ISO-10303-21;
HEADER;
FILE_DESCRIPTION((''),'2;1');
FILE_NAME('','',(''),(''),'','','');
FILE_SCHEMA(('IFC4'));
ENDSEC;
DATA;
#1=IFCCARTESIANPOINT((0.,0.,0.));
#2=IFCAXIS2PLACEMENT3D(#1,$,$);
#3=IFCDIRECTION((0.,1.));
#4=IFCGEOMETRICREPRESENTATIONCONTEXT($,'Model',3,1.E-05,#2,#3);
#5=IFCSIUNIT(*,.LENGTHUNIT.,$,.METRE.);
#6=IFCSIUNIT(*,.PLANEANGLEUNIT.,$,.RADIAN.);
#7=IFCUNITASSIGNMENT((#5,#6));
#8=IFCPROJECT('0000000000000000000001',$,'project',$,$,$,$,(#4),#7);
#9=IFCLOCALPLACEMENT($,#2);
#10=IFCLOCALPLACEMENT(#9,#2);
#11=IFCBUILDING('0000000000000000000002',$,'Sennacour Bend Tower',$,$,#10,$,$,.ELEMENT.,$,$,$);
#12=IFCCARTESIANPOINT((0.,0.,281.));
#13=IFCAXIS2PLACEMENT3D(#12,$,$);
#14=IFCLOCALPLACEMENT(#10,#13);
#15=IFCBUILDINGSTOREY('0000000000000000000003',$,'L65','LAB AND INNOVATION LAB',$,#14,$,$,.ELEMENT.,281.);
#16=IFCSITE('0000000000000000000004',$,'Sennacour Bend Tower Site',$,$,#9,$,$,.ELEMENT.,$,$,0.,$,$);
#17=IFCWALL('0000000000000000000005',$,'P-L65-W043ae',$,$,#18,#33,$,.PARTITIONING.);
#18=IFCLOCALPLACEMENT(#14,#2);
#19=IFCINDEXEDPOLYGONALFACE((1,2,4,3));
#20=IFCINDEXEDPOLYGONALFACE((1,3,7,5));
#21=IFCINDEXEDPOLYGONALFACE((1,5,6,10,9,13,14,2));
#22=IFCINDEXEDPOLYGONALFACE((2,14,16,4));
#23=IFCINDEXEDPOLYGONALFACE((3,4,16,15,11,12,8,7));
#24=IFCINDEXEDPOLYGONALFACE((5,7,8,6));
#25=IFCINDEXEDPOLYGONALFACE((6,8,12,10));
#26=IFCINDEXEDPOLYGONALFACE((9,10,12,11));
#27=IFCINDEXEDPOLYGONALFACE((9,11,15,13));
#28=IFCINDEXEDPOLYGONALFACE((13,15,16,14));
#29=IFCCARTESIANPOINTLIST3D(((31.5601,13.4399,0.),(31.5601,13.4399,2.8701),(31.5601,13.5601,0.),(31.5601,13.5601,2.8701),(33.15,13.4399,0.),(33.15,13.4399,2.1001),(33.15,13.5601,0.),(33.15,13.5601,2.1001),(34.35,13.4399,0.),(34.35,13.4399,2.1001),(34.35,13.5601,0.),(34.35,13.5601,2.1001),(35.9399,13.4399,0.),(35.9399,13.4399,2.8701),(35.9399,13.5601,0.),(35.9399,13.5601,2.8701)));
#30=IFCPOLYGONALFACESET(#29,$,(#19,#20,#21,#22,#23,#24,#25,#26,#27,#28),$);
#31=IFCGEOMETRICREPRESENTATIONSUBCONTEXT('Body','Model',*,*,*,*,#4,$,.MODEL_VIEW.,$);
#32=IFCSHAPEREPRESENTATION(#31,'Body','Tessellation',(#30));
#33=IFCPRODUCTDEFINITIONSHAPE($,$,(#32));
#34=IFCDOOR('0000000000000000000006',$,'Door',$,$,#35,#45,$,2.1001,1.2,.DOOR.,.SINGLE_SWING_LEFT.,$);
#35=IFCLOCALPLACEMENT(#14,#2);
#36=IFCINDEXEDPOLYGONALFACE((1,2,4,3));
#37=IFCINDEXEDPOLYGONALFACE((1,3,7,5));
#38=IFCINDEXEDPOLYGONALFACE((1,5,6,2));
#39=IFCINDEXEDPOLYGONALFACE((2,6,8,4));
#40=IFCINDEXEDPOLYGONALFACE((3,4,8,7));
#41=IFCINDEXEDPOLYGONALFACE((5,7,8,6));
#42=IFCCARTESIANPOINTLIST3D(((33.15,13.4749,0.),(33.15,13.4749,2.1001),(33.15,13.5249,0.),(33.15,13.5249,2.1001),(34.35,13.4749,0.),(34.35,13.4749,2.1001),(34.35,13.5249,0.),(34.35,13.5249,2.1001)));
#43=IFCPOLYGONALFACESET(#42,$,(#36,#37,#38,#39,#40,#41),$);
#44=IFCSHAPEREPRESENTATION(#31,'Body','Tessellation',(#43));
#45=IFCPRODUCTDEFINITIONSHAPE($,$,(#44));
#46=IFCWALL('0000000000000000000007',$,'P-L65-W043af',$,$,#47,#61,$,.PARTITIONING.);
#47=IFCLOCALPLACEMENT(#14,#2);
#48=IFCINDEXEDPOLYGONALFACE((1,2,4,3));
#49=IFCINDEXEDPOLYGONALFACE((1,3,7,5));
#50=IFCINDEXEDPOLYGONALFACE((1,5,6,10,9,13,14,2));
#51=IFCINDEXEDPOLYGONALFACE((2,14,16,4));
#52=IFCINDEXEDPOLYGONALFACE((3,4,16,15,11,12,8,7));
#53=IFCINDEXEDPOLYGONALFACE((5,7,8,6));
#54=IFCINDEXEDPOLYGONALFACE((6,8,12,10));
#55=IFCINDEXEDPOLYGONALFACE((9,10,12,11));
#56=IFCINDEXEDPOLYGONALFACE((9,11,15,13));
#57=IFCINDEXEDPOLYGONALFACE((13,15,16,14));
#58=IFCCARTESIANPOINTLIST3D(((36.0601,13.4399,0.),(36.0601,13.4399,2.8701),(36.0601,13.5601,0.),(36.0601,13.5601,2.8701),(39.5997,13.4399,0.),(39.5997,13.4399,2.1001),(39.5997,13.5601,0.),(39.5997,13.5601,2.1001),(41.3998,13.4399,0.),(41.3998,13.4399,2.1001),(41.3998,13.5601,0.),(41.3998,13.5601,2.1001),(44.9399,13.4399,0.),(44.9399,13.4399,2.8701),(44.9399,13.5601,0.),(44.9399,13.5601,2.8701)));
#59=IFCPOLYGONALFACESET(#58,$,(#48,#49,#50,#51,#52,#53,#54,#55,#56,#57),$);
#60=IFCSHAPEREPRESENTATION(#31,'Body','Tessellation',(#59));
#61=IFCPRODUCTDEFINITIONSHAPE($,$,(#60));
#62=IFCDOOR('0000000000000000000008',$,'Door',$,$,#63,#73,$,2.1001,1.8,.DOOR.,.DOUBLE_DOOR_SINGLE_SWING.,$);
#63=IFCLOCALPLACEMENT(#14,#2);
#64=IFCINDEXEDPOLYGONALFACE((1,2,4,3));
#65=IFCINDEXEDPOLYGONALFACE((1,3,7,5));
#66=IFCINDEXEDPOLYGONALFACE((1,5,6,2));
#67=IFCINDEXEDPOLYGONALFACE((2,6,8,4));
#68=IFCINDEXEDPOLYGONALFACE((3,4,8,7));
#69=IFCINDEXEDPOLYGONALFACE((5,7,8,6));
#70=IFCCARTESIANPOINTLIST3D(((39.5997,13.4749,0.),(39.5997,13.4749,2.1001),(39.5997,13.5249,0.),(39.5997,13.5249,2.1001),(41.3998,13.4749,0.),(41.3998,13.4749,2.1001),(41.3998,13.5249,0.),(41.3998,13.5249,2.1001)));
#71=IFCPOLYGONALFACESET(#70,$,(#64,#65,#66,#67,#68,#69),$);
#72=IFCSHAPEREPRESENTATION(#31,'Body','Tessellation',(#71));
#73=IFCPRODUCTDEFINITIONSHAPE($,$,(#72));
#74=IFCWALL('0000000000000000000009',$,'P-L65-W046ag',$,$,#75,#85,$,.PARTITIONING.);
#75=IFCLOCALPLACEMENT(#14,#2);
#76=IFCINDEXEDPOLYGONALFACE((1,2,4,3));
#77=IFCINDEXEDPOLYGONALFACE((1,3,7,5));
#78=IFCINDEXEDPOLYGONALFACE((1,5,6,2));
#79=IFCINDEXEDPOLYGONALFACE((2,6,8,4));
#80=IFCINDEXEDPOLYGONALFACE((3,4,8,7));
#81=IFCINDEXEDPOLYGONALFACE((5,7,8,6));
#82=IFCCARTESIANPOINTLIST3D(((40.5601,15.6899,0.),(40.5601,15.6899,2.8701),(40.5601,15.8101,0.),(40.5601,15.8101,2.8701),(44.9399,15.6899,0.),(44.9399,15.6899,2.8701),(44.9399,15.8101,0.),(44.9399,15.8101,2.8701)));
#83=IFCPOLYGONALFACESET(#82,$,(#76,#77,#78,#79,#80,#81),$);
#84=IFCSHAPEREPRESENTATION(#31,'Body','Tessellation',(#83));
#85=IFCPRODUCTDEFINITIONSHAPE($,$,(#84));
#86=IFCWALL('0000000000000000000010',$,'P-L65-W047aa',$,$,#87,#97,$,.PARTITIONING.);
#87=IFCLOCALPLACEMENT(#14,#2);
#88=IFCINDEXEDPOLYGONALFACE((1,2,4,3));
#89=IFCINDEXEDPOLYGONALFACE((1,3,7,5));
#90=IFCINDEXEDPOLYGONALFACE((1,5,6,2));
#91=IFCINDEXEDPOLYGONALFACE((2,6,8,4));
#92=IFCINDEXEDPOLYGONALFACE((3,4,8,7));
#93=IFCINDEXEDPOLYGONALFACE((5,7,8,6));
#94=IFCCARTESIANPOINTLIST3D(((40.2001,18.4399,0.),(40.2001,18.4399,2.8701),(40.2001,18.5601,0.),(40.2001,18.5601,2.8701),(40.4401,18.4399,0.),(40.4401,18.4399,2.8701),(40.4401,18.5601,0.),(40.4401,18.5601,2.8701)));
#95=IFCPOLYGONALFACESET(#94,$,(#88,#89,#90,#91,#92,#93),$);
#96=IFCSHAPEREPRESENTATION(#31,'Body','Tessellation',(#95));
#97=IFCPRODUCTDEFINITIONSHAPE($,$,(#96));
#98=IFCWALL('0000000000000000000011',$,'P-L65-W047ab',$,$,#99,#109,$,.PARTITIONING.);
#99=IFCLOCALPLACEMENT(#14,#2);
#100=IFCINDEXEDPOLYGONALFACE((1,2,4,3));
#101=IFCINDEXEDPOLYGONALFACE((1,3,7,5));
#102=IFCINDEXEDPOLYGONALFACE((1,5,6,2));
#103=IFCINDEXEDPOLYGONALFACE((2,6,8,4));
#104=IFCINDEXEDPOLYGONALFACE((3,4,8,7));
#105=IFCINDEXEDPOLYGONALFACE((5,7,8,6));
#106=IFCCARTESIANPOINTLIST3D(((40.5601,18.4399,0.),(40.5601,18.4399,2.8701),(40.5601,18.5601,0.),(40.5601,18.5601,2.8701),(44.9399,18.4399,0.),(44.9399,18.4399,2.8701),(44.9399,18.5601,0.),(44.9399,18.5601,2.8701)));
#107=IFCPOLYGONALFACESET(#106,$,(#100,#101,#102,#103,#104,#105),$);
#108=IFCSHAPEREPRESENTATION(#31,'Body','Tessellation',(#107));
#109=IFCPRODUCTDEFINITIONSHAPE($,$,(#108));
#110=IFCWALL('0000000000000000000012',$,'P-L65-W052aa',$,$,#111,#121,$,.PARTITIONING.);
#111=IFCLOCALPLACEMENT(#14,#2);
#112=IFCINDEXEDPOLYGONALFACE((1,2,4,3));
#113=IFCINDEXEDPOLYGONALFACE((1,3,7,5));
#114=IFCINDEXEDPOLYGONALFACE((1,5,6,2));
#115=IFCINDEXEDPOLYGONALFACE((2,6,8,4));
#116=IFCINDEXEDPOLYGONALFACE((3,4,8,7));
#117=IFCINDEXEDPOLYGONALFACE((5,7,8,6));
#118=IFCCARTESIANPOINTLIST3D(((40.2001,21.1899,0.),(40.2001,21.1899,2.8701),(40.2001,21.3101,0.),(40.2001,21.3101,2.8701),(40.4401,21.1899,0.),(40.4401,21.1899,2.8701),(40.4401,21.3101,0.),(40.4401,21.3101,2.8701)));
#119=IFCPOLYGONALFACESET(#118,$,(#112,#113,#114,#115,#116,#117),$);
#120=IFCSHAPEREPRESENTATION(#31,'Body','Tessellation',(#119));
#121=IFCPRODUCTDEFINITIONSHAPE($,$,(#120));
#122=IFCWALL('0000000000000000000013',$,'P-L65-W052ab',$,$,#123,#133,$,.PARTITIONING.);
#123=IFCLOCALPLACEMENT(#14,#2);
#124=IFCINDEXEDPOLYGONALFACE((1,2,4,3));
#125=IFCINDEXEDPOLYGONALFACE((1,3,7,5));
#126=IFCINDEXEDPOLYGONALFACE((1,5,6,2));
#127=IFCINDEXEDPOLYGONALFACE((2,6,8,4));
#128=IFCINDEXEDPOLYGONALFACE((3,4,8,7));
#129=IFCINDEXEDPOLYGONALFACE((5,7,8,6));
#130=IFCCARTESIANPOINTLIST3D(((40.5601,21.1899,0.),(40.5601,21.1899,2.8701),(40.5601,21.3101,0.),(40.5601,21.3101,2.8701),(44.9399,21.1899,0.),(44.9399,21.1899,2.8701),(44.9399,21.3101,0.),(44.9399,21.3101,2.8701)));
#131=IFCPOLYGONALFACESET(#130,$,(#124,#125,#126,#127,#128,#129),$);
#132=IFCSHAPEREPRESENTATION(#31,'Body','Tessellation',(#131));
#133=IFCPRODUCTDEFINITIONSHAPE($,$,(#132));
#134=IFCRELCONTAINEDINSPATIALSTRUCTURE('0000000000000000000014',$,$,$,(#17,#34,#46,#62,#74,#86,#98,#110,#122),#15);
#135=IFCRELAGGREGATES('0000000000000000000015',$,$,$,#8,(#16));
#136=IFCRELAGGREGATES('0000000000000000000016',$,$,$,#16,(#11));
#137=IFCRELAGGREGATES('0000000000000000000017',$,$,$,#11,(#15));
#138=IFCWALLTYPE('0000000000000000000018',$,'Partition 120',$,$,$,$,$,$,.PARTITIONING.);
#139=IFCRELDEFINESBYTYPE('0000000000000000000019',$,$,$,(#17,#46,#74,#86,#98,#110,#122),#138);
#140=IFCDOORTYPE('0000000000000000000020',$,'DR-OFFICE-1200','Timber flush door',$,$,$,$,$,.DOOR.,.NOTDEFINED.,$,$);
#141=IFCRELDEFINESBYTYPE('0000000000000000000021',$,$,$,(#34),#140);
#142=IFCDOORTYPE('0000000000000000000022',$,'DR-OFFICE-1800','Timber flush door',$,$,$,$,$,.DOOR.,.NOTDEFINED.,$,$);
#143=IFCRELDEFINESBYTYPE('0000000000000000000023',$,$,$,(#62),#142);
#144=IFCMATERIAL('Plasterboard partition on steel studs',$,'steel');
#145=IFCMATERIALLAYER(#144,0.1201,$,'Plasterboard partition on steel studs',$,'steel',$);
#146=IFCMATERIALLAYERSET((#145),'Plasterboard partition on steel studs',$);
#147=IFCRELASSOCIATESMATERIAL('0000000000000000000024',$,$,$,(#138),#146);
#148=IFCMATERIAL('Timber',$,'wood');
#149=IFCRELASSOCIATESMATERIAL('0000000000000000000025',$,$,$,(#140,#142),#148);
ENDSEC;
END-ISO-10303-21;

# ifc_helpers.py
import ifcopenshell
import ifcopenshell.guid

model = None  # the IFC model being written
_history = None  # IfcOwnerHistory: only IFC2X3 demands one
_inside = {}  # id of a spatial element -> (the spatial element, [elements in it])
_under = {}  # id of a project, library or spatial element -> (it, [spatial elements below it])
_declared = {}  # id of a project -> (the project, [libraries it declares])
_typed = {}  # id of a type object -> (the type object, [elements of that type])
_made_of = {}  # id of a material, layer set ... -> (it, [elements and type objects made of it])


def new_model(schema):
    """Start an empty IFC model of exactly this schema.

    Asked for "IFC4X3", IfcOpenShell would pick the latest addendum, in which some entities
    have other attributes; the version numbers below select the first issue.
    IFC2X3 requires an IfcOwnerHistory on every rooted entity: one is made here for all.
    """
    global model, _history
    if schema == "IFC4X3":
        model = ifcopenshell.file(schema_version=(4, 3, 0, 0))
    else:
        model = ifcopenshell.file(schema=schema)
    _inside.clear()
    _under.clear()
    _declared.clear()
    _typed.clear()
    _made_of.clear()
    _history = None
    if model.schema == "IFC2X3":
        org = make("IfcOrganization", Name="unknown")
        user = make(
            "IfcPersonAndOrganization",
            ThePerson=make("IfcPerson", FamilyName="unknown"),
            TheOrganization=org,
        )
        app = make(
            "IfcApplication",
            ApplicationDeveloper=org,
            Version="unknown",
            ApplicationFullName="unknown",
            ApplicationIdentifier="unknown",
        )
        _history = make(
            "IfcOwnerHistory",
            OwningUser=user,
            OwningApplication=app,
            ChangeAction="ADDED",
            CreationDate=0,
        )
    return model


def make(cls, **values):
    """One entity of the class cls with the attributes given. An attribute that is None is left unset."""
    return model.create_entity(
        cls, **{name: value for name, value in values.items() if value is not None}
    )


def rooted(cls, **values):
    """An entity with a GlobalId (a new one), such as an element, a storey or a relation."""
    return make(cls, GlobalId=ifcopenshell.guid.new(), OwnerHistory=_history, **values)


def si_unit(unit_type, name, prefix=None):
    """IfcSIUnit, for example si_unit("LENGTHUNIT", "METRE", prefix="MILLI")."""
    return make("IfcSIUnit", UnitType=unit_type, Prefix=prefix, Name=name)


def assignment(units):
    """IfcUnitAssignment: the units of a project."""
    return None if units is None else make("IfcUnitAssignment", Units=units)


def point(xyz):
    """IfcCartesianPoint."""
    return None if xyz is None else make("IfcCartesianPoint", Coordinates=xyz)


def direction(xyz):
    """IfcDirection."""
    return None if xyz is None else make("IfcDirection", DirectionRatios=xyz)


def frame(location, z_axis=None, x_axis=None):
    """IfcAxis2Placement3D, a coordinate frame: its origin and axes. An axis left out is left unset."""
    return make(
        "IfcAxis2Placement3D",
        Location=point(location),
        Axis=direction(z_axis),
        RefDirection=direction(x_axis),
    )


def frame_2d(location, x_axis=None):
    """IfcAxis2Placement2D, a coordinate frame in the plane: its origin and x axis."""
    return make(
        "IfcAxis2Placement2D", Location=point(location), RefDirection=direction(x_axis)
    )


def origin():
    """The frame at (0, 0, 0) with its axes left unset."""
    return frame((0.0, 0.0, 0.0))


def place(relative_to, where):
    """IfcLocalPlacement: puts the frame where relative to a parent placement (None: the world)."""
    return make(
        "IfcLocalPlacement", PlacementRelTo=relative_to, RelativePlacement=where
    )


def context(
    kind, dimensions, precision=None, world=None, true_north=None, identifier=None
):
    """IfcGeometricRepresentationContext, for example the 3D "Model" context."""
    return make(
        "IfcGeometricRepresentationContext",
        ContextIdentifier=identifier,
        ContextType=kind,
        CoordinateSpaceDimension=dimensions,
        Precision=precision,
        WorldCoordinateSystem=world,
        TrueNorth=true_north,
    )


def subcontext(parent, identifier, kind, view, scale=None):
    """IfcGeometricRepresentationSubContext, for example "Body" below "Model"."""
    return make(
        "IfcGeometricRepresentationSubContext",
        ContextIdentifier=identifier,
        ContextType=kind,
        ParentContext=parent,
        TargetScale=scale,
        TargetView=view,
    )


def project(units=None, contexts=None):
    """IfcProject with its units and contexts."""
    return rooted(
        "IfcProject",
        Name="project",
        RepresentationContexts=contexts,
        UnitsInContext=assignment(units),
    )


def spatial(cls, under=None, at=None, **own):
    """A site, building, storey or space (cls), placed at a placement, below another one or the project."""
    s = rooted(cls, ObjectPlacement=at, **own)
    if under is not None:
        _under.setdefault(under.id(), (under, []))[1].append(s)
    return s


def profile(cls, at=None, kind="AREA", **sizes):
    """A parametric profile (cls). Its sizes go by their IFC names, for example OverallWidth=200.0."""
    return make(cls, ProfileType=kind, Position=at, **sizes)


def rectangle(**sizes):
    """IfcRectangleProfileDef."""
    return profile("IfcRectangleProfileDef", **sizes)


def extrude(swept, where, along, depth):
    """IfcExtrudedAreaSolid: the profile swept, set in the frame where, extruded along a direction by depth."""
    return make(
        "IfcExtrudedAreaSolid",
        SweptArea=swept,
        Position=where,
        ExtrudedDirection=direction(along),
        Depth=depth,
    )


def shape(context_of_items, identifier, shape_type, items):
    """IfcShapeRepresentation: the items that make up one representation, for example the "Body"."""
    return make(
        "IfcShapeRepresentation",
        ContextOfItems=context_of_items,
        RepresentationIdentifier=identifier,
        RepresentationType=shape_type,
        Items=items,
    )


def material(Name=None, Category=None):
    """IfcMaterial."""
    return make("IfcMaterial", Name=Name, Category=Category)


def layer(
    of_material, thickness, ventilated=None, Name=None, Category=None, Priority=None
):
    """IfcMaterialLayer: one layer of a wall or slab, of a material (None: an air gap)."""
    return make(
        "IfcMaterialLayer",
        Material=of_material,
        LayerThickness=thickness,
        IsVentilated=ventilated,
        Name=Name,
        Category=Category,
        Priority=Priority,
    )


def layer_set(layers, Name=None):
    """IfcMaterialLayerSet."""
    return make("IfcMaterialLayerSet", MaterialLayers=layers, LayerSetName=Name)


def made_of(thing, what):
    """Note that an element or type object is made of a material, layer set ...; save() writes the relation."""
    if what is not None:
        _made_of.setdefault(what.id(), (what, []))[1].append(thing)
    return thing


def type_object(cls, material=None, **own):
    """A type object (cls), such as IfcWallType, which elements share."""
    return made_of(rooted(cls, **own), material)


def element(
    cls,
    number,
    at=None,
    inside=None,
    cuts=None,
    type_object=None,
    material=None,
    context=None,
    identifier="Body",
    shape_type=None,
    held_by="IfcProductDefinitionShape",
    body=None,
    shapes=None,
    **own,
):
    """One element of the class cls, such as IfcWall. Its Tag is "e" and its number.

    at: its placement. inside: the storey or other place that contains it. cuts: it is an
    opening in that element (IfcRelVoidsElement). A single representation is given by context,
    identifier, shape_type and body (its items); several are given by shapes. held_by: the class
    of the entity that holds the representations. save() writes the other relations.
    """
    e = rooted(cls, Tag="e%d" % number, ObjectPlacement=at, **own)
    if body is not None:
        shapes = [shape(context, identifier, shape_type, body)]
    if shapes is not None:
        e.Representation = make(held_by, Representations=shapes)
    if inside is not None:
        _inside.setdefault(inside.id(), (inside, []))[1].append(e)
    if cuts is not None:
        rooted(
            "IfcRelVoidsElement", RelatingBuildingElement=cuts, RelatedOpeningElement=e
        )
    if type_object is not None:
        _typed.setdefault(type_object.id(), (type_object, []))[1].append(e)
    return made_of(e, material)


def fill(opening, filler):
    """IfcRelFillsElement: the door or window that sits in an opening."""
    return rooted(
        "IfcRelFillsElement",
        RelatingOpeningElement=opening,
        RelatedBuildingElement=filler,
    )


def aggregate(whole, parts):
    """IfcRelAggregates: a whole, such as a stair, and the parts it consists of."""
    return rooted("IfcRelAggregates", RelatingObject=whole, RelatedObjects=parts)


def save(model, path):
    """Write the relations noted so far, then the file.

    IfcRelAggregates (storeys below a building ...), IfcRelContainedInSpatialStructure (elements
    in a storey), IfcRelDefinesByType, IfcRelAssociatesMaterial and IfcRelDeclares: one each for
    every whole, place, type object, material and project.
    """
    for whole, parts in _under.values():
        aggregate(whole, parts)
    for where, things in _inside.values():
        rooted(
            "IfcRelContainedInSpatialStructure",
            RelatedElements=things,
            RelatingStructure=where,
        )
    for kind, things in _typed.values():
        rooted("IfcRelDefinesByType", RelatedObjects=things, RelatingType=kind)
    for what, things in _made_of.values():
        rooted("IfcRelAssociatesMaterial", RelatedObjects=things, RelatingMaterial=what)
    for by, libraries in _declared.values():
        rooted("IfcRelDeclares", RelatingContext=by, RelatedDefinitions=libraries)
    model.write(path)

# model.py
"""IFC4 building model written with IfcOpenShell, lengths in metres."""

from ifc_helpers import new_model, si_unit, direction, frame, frame_2d, origin, place, context, subcontext, project, spatial, rectangle, extrude, material, layer, layer_set, type_object, element, fill, save


model = new_model("IFC4")

# Units and contexts
model_context = context("Model", 3, precision=1e-05, world=origin(), true_north=direction((0.0, 1.0)))
body_context = subcontext(model_context, "Body", "Model", "MODEL_VIEW")
ifc_project = project(units=[si_unit("LENGTHUNIT", "METRE"), si_unit("PLANEANGLEUNIT", "RADIAN")], contexts=[model_context])

# Site, building, storey
site_placement = place(None, origin())
site = spatial("IfcSite", under=ifc_project, at=site_placement, Name="Sennacour Bend Tower Site", CompositionType="ELEMENT", RefElevation=0.0)
building_placement = place(site_placement, origin())
building = spatial("IfcBuilding", under=site, at=building_placement, Name="Sennacour Bend Tower", CompositionType="ELEMENT")
storey_placement = place(building_placement, frame((0.0, 0.0, 281.0)))
storey = spatial("IfcBuildingStorey", under=building, at=storey_placement, Name="L65", Description="LAB AND INNOVATION LAB", CompositionType="ELEMENT", Elevation=281.0)

# Shared definitions
ifc_material_1 = material(Name="Plasterboard partition on steel studs", Category="steel")
ifc_layer_1 = layer(ifc_material_1, 0.1201, Name="Plasterboard partition on steel studs", Category="steel")
ifc_layer_set_1 = layer_set([ifc_layer_1], Name="Plasterboard partition on steel studs")
wall_type_1 = type_object("IfcWallType", Name="Partition 120", PredefinedType="PARTITIONING", material=ifc_layer_set_1)

# Walls, openings, doors
wall_1_placement = place(storey_placement, frame((31.5601, 13.5, 0.0), z_axis=(0.0, 0.0, 1.0), x_axis=(1.0, 0.0, 0.0)))
wall_1 = element("IfcWall", 1, at=wall_1_placement, inside=storey, type_object=wall_type_1, Name="P-L65-W043ae", PredefinedType="PARTITIONING", context=body_context, shape_type="SweptSolid", body=[
    extrude(rectangle(XDim=4.3799, YDim=0.1201, at=frame_2d((2.1899, 0.0))), origin(), (0.0, 0.0, 1.0), 2.8701),
])
opening_1_placement = place(wall_1_placement, frame((1.5898, 0.0, 0.0)))
opening_1 = element("IfcOpeningElement", 2, at=opening_1_placement, cuts=wall_1, PredefinedType="OPENING", context=body_context, shape_type="SweptSolid", body=[
    extrude(rectangle(XDim=1.2, YDim=2.1001, at=frame_2d((0.6001, 1.05))), frame((0.0, 0.0701, 0.0), z_axis=(0.0, -1.0, 0.0), x_axis=(1.0, 0.0, 0.0)), (0.0, 0.0, 1.0), 0.1401),
])
ifc_material_2 = material(Name="Timber", Category="wood")
door_type_1 = type_object("IfcDoorType", Name="DR-OFFICE-1200", Description="Timber flush door", OperationType="NOTDEFINED", PredefinedType="DOOR", material=ifc_material_2)
door_1_placement = place(opening_1_placement, origin())
door_1 = element("IfcDoor", 3, at=door_1_placement, inside=storey, type_object=door_type_1, Name="Door", OperationType="SINGLE_SWING_LEFT", OverallHeight=2.1001, OverallWidth=1.2, PredefinedType="DOOR", context=body_context, shape_type="SweptSolid", body=[
    extrude(rectangle(XDim=1.2, YDim=2.1001, at=frame_2d((0.6001, 1.05))), frame((0.0, 0.0249, 0.0), z_axis=(0.0, -1.0, 0.0), x_axis=(1.0, 0.0, 0.0)), (0.0, 0.0, 1.0), 0.05),
])
fill(opening_1, door_1)
wall_2_placement = place(storey_placement, frame((36.0601, 13.5, 0.0), z_axis=(0.0, 0.0, 1.0), x_axis=(1.0, 0.0, 0.0)))
wall_2 = element("IfcWall", 4, at=wall_2_placement, inside=storey, type_object=wall_type_1, Name="P-L65-W043af", PredefinedType="PARTITIONING", context=body_context, shape_type="SweptSolid", body=[
    extrude(rectangle(XDim=8.8799, YDim=0.1201, at=frame_2d((4.4399, 0.0))), origin(), (0.0, 0.0, 1.0), 2.8701),
])
opening_2_placement = place(wall_2_placement, frame((3.5398, 0.0, 0.0)))
opening_2 = element("IfcOpeningElement", 5, at=opening_2_placement, cuts=wall_2, PredefinedType="OPENING", context=body_context, shape_type="SweptSolid", body=[
    extrude(rectangle(XDim=1.8, YDim=2.1001, at=frame_2d((0.8999, 1.05))), frame((0.0, 0.0701, 0.0), z_axis=(0.0, -1.0, 0.0), x_axis=(1.0, 0.0, 0.0)), (0.0, 0.0, 1.0), 0.1401),
])
door_type_2 = type_object("IfcDoorType", Name="DR-OFFICE-1800", Description="Timber flush door", OperationType="NOTDEFINED", PredefinedType="DOOR", material=ifc_material_2)
door_2_placement = place(opening_2_placement, origin())
door_2 = element("IfcDoor", 6, at=door_2_placement, inside=storey, type_object=door_type_2, Name="Door", OperationType="DOUBLE_DOOR_SINGLE_SWING", OverallHeight=2.1001, OverallWidth=1.8, PredefinedType="DOOR", context=body_context, shape_type="SweptSolid", body=[
    extrude(rectangle(XDim=1.8, YDim=2.1001, at=frame_2d((0.8999, 1.05))), frame((0.0, 0.0249, 0.0), z_axis=(0.0, -1.0, 0.0), x_axis=(1.0, 0.0, 0.0)), (0.0, 0.0, 1.0), 0.05),
])
fill(opening_2, door_2)

# Walls
wall_3_placement = place(storey_placement, frame((40.5601, 15.75, 0.0), z_axis=(0.0, 0.0, 1.0), x_axis=(1.0, 0.0, 0.0)))
element("IfcWall", 7, at=wall_3_placement, inside=storey, type_object=wall_type_1, Name="P-L65-W046ag", PredefinedType="PARTITIONING", context=body_context, shape_type="SweptSolid", body=[
    extrude(rectangle(XDim=4.3799, YDim=0.1201, at=frame_2d((2.1899, 0.0))), origin(), (0.0, 0.0, 1.0), 2.8701),
])
wall_4_placement = place(storey_placement, frame((40.2, 18.5, 0.0), z_axis=(0.0, 0.0, 1.0), x_axis=(1.0, 0.0, 0.0)))
element("IfcWall", 8, at=wall_4_placement, inside=storey, type_object=wall_type_1, Name="P-L65-W047aa", PredefinedType="PARTITIONING", context=body_context, shape_type="SweptSolid", body=[
    extrude(rectangle(XDim=0.24, YDim=0.1201, at=frame_2d((0.1201, 0.0))), origin(), (0.0, 0.0, 1.0), 2.8701),
])
wall_5_placement = place(storey_placement, frame((40.5601, 18.5, 0.0), z_axis=(0.0, 0.0, 1.0), x_axis=(1.0, 0.0, 0.0)))
element("IfcWall", 9, at=wall_5_placement, inside=storey, type_object=wall_type_1, Name="P-L65-W047ab", PredefinedType="PARTITIONING", context=body_context, shape_type="SweptSolid", body=[
    extrude(rectangle(XDim=4.3799, YDim=0.1201, at=frame_2d((2.1899, 0.0))), origin(), (0.0, 0.0, 1.0), 2.8701),
])
wall_6_placement = place(storey_placement, frame((40.2, 21.25, 0.0), z_axis=(0.0, 0.0, 1.0), x_axis=(1.0, 0.0, 0.0)))
element("IfcWall", 10, at=wall_6_placement, inside=storey, type_object=wall_type_1, Name="P-L65-W052aa", PredefinedType="PARTITIONING", context=body_context, shape_type="SweptSolid", body=[
    extrude(rectangle(XDim=0.24, YDim=0.1201, at=frame_2d((0.1201, 0.0))), origin(), (0.0, 0.0, 1.0), 2.8701),
])
wall_7_placement = place(storey_placement, frame((40.5601, 21.25, 0.0), z_axis=(0.0, 0.0, 1.0), x_axis=(1.0, 0.0, 0.0)))
element("IfcWall", 11, at=wall_7_placement, inside=storey, type_object=wall_type_1, Name="P-L65-W052ab", PredefinedType="PARTITIONING", context=body_context, shape_type="SweptSolid", body=[
    extrude(rectangle(XDim=4.3799, YDim=0.1201, at=frame_2d((2.1899, 0.0))), origin(), (0.0, 0.0, 1.0), 2.8701),
])

save(model, "model.ifc")
